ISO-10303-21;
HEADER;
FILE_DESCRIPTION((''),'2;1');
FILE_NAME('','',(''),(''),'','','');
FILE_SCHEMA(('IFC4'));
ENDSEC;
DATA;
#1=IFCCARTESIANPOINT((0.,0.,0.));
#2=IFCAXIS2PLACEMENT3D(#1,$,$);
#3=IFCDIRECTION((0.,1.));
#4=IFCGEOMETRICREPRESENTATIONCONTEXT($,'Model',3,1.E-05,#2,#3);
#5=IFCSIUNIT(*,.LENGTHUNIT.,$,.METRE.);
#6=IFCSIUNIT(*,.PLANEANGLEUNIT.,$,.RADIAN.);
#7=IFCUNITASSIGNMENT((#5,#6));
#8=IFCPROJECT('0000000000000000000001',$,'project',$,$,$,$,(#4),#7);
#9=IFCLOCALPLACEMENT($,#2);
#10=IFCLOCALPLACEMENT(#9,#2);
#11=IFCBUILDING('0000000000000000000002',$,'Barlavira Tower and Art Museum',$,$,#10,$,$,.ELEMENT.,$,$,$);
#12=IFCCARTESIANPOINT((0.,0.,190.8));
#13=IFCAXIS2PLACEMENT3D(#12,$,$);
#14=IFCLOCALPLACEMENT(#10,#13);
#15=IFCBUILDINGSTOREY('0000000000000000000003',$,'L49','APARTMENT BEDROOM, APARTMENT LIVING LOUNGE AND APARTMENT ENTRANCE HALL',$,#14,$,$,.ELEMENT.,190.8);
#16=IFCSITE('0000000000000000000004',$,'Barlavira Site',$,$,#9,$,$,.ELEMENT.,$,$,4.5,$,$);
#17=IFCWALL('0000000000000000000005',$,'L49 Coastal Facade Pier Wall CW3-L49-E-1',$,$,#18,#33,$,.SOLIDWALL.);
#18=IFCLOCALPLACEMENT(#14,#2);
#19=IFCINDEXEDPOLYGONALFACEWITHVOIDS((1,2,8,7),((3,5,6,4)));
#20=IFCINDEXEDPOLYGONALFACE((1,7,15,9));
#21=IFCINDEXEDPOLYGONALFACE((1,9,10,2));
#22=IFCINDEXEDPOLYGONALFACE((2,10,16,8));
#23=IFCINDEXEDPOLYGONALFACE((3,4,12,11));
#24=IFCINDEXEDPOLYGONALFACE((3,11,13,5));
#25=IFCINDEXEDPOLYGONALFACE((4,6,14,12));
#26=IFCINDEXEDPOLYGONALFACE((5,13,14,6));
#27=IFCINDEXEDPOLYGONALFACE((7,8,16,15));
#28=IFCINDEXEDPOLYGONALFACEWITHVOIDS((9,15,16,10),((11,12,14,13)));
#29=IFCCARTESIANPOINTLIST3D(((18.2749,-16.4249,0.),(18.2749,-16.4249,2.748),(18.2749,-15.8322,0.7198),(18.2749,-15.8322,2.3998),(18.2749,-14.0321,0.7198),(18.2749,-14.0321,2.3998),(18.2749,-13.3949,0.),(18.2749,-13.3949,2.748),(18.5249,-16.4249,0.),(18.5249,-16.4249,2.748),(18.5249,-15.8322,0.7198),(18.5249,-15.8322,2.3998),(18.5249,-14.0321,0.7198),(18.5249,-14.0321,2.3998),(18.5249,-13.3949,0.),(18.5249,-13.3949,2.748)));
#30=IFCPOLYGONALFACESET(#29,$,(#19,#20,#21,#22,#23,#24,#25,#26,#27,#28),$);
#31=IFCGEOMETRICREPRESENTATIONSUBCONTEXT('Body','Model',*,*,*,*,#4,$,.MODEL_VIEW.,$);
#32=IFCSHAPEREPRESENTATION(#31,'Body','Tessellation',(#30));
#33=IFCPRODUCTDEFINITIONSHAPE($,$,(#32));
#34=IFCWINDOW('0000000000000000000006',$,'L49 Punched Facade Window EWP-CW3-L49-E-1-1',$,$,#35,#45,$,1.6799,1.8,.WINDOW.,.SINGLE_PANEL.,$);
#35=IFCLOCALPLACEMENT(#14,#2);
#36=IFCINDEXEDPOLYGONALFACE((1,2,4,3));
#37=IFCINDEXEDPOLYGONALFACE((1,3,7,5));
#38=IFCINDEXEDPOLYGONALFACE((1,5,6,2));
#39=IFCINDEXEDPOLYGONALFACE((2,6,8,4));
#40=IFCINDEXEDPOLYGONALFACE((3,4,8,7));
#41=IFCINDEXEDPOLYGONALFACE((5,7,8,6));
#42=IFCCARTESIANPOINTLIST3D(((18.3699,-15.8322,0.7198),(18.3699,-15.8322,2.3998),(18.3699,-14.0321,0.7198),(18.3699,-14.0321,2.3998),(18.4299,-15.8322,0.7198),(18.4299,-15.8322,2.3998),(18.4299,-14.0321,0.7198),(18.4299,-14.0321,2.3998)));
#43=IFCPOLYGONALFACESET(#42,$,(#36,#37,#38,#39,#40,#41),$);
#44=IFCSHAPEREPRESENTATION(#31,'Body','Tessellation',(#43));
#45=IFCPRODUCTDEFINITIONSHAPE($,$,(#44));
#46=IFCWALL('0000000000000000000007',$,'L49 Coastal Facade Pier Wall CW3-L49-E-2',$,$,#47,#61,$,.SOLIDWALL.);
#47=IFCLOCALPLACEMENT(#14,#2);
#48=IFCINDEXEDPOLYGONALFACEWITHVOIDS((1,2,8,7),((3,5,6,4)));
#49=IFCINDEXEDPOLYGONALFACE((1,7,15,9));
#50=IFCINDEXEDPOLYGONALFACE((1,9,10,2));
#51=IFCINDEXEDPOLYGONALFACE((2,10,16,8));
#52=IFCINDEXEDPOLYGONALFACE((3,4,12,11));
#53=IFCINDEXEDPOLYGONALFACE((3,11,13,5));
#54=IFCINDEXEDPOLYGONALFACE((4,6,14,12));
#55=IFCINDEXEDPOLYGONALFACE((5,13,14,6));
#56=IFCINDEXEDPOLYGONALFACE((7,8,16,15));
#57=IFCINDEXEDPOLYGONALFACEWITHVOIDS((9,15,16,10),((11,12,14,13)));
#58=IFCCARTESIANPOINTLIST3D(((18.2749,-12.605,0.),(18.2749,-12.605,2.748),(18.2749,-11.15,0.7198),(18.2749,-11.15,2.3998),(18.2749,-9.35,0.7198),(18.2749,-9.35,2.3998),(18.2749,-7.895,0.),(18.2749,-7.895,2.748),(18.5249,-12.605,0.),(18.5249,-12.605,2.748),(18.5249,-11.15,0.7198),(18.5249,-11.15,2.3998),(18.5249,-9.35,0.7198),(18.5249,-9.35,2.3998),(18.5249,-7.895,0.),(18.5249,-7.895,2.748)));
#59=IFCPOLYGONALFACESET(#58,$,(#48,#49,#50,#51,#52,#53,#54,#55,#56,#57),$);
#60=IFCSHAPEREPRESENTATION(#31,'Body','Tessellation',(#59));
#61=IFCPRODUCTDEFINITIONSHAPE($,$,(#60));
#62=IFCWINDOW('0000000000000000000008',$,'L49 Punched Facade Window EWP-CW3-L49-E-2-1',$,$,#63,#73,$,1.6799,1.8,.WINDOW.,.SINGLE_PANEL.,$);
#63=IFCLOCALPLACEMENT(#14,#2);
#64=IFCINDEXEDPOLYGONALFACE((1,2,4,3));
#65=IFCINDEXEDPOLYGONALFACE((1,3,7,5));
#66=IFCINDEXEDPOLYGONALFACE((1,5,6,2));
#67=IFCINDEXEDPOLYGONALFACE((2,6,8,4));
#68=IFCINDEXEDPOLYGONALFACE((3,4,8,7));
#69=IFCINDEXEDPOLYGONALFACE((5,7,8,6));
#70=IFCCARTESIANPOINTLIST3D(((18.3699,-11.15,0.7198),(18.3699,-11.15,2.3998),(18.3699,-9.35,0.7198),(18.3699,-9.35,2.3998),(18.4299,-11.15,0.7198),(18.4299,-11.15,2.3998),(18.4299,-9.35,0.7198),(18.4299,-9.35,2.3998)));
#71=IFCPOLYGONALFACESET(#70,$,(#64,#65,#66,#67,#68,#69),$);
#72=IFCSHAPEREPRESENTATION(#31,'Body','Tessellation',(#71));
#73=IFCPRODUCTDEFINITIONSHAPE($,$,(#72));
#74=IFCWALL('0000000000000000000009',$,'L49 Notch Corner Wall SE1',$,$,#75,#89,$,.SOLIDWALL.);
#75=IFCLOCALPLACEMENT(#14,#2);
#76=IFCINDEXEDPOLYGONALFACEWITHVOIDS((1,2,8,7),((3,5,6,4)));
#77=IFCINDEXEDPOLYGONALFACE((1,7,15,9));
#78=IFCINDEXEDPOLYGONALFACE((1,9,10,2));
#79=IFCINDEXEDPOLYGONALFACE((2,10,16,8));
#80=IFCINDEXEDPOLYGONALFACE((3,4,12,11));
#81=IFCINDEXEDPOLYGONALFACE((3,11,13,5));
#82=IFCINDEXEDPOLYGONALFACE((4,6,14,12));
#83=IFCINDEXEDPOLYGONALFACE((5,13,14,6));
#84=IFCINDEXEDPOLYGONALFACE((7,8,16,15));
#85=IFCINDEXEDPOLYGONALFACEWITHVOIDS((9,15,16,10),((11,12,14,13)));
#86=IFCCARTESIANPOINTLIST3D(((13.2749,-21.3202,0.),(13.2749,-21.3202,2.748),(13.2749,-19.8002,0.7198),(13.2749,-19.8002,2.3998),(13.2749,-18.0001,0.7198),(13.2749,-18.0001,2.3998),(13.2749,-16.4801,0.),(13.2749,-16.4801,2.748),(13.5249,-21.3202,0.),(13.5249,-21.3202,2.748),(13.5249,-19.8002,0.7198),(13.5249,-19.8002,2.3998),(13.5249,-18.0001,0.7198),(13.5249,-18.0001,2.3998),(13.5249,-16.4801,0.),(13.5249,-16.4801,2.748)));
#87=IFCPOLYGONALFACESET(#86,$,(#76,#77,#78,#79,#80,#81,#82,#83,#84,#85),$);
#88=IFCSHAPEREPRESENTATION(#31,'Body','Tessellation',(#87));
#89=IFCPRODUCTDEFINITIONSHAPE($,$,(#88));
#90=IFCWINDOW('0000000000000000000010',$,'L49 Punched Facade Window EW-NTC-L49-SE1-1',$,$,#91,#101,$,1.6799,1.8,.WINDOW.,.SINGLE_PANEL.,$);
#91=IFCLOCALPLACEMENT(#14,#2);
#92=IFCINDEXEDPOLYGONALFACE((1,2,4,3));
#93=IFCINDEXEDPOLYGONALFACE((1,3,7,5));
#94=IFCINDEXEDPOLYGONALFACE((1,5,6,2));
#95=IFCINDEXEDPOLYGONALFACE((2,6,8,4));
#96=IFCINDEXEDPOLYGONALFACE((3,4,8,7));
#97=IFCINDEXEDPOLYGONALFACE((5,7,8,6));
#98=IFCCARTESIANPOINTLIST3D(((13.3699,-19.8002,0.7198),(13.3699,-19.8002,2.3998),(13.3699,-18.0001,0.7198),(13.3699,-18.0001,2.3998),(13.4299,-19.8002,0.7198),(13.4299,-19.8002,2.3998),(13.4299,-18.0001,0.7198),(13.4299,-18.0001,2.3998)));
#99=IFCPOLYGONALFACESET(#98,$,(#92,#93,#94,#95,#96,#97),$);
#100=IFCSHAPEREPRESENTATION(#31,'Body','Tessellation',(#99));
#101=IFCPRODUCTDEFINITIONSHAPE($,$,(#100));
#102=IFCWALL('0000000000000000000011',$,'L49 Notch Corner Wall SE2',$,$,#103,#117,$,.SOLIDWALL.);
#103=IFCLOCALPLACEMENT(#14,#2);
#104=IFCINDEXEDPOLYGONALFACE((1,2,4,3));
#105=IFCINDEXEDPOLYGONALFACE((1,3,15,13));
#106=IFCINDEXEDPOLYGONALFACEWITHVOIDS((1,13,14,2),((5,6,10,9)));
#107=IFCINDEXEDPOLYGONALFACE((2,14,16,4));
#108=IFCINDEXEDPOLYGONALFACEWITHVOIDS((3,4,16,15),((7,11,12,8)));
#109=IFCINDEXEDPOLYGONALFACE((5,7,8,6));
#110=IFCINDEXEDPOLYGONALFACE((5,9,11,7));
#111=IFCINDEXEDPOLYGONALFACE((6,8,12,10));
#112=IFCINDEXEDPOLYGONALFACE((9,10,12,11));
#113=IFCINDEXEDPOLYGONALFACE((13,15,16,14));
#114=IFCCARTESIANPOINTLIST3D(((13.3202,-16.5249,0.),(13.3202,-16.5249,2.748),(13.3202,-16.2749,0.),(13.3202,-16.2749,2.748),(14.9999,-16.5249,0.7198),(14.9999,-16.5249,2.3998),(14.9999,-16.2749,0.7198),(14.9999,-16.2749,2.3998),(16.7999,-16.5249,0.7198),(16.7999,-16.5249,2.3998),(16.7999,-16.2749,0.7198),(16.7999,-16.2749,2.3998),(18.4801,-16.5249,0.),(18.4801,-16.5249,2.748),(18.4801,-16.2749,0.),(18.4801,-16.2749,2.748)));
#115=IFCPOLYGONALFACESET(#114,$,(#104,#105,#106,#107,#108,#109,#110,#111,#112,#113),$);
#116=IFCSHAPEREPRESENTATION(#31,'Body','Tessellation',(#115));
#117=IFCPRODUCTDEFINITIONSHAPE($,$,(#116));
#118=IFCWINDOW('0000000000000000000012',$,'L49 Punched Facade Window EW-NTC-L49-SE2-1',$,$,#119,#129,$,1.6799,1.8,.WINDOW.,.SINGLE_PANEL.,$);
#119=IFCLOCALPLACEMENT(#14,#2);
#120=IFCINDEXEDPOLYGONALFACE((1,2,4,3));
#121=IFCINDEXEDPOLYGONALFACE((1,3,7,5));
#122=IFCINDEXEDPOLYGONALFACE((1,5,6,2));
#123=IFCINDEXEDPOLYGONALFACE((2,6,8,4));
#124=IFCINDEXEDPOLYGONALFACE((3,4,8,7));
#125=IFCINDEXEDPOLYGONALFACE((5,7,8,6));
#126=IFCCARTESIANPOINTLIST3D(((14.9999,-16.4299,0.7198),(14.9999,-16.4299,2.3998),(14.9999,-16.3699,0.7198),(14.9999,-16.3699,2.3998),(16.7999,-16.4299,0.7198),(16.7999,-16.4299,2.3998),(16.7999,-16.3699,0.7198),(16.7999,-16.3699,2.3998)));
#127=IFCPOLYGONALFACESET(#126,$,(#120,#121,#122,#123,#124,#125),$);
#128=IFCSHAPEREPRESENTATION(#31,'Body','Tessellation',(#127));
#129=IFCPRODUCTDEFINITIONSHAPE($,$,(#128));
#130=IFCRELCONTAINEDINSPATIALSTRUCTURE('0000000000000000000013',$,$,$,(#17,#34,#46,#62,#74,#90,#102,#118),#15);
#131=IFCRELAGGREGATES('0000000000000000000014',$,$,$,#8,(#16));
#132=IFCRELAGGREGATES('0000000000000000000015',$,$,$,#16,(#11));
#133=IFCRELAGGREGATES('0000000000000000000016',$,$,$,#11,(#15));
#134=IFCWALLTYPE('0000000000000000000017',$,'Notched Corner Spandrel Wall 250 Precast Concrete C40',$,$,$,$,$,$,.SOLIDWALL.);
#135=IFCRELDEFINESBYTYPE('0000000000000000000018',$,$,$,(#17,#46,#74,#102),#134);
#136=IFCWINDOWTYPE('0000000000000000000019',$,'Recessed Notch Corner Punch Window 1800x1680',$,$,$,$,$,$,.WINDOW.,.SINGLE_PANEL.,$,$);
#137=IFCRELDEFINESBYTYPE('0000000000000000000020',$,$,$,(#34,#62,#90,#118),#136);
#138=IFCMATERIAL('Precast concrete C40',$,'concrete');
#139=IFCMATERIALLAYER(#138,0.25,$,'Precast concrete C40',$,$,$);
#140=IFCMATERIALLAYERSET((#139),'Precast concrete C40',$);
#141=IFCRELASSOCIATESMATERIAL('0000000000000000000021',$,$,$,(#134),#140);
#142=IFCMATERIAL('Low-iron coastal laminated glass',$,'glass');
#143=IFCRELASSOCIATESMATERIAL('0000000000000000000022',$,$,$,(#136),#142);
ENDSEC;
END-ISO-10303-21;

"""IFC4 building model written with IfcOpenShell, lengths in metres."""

from ifc_helpers import new_model, si_unit, direction, frame, frame_2d, origin, place, context, subcontext, project, spatial, rectangle, extrude, material, layer, layer_set, type_object, element, fill, save


model = new_model("IFC4")

# Units and contexts
model_context = context("Model", 3, precision=1e-05, world=origin(), true_north=direction((0.0, 1.0)))
body_context = subcontext(model_context, "Body", "Model", "MODEL_VIEW")
ifc_project = project(units=[si_unit("LENGTHUNIT", "METRE"), si_unit("PLANEANGLEUNIT", "RADIAN")], contexts=[model_context])

# Site, building, storey
site_placement = place(None, origin())
site = spatial("IfcSite", under=ifc_project, at=site_placement, Name="Barlavira Site", CompositionType="ELEMENT", RefElevation=4.5)
building_placement = place(site_placement, origin())
building = spatial("IfcBuilding", under=site, at=building_placement, Name="Barlavira Tower and Art Museum", CompositionType="ELEMENT")
storey_placement = place(building_placement, frame((0.0, 0.0, 190.8)))
storey = spatial("IfcBuildingStorey", under=building, at=storey_placement, Name="L49", Description="APARTMENT BEDROOM, APARTMENT LIVING LOUNGE AND APARTMENT ENTRANCE HALL", CompositionType="ELEMENT", Elevation=190.8)

# Walls, openings, windows
ifc_material_1 = material(Name="Precast concrete C40", Category="concrete")
ifc_layer_1 = layer(ifc_material_1, 0.25, Name="Precast concrete C40")
ifc_layer_set_1 = layer_set([ifc_layer_1], Name="Precast concrete C40")
wall_type_1 = type_object("IfcWallType", Name="Notched Corner Spandrel Wall 250 Precast Concrete C40", PredefinedType="SOLIDWALL", material=ifc_layer_set_1)
ifc_material_2 = material(Name="Low-iron coastal laminated glass", Category="glass")
wall_1_placement = place(storey_placement, frame((18.3999, -16.425, 0.0), z_axis=(0.0, 0.0, 1.0), x_axis=(0.0, 1.0, 0.0)))
wall_1 = element("IfcWall", 1, at=wall_1_placement, inside=storey, type_object=wall_type_1, Name="L49 Coastal Facade Pier Wall CW3-L49-E-1", PredefinedType="SOLIDWALL", context=body_context, shape_type="SweptSolid", body=[
    extrude(rectangle(XDim=3.03, YDim=0.25, at=frame_2d((1.5151, 0.0))), origin(), (0.0, 0.0, 1.0), 2.748),
])
opening_1_placement = place(wall_1_placement, frame((0.593, 0.0, 0.72)))
opening_1 = element("IfcOpeningElement", 2, at=opening_1_placement, cuts=wall_1, PredefinedType="OPENING", context=body_context, shape_type="SweptSolid", body=[
    extrude(rectangle(XDim=1.8, YDim=1.6799, at=frame_2d((0.8999, 0.8398))), frame((0.0, 0.135, 0.0), z_axis=(0.0, -1.0, 0.0), x_axis=(1.0, 0.0, 0.0)), (0.0, 0.0, 1.0), 0.27),
])
window_type_1 = type_object("IfcWindowType", Name="Recessed Notch Corner Punch Window 1800x1680", PartitioningType="SINGLE_PANEL", PredefinedType="WINDOW", material=ifc_material_2)
window_1_placement = place(opening_1_placement, origin())
window_1 = element("IfcWindow", 3, at=window_1_placement, inside=storey, type_object=window_type_1, Name="L49 Punched Facade Window EWP-CW3-L49-E-1-1", OverallHeight=1.6799, OverallWidth=1.8, PartitioningType="SINGLE_PANEL", PredefinedType="WINDOW", context=body_context, shape_type="SweptSolid", body=[
    extrude(rectangle(XDim=1.8, YDim=1.6799, at=frame_2d((0.8999, 0.8398))), frame((0.0, 0.03, 0.0), z_axis=(0.0, -1.0, 0.0), x_axis=(1.0, 0.0, 0.0)), (0.0, 0.0, 1.0), 0.0601),
])
fill(opening_1, window_1)
wall_2_placement = place(storey_placement, frame((18.3999, -12.605, 0.0), z_axis=(0.0, 0.0, 1.0), x_axis=(0.0, 1.0, 0.0)))
wall_2 = element("IfcWall", 4, at=wall_2_placement, inside=storey, type_object=wall_type_1, Name="L49 Coastal Facade Pier Wall CW3-L49-E-2", PredefinedType="SOLIDWALL", context=body_context, shape_type="SweptSolid", body=[
    extrude(rectangle(XDim=4.71, YDim=0.25, at=frame_2d((2.355, 0.0))), origin(), (0.0, 0.0, 1.0), 2.748),
])
opening_2_placement = place(wall_2_placement, frame((1.4551, 0.0, 0.72)))
opening_2 = element("IfcOpeningElement", 5, at=opening_2_placement, cuts=wall_2, PredefinedType="OPENING", context=body_context, shape_type="SweptSolid", body=[
    extrude(rectangle(XDim=1.8, YDim=1.6799, at=frame_2d((0.8999, 0.8398))), frame((0.0, 0.135, 0.0), z_axis=(0.0, -1.0, 0.0), x_axis=(1.0, 0.0, 0.0)), (0.0, 0.0, 1.0), 0.27),
])
window_2_placement = place(opening_2_placement, origin())
window_2 = element("IfcWindow", 6, at=window_2_placement, inside=storey, type_object=window_type_1, Name="L49 Punched Facade Window EWP-CW3-L49-E-2-1", OverallHeight=1.6799, OverallWidth=1.8, PartitioningType="SINGLE_PANEL", PredefinedType="WINDOW", context=body_context, shape_type="SweptSolid", body=[
    extrude(rectangle(XDim=1.8, YDim=1.6799, at=frame_2d((0.8999, 0.8398))), frame((0.0, 0.03, 0.0), z_axis=(0.0, -1.0, 0.0), x_axis=(1.0, 0.0, 0.0)), (0.0, 0.0, 1.0), 0.0601),
])
fill(opening_2, window_2)
wall_3_placement = place(storey_placement, frame((13.3999, -21.3201, 0.0), z_axis=(0.0, 0.0, 1.0), x_axis=(0.0, 1.0, 0.0)))
wall_3 = element("IfcWall", 7, at=wall_3_placement, inside=storey, type_object=wall_type_1, Name="L49 Notch Corner Wall SE1", PredefinedType="SOLIDWALL", context=body_context, shape_type="SweptSolid", body=[
    extrude(rectangle(XDim=4.8401, YDim=0.25, at=frame_2d((2.4199, 0.0))), origin(), (0.0, 0.0, 1.0), 2.748),
])
opening_3_placement = place(wall_3_placement, frame((1.52, 0.0, 0.72)))
opening_3 = element("IfcOpeningElement", 8, at=opening_3_placement, cuts=wall_3, PredefinedType="OPENING", context=body_context, shape_type="SweptSolid", body=[
    extrude(rectangle(XDim=1.8, YDim=1.6799, at=frame_2d((0.8999, 0.8398))), frame((0.0, 0.135, 0.0), z_axis=(0.0, -1.0, 0.0), x_axis=(1.0, 0.0, 0.0)), (0.0, 0.0, 1.0), 0.27),
])
window_3_placement = place(opening_3_placement, origin())
window_3 = element("IfcWindow", 9, at=window_3_placement, inside=storey, type_object=window_type_1, Name="L49 Punched Facade Window EW-NTC-L49-SE1-1", OverallHeight=1.6799, OverallWidth=1.8, PartitioningType="SINGLE_PANEL", PredefinedType="WINDOW", context=body_context, shape_type="SweptSolid", body=[
    extrude(rectangle(XDim=1.8, YDim=1.6799, at=frame_2d((0.8999, 0.8398))), frame((0.0, 0.03, 0.0), z_axis=(0.0, -1.0, 0.0), x_axis=(1.0, 0.0, 0.0)), (0.0, 0.0, 1.0), 0.0601),
])
fill(opening_3, window_3)
wall_4_placement = place(storey_placement, frame((13.3201, -16.3999, 0.0), z_axis=(0.0, 0.0, 1.0), x_axis=(1.0, 0.0, 0.0)))
wall_4 = element("IfcWall", 10, at=wall_4_placement, inside=storey, type_object=wall_type_1, Name="L49 Notch Corner Wall SE2", PredefinedType="SOLIDWALL", context=body_context, shape_type="SweptSolid", body=[
    extrude(rectangle(XDim=5.1599, YDim=0.25, at=frame_2d((2.5801, 0.0))), origin(), (0.0, 0.0, 1.0), 2.748),
])
opening_4_placement = place(wall_4_placement, frame((1.6799, 0.0, 0.72)))
opening_4 = element("IfcOpeningElement", 11, at=opening_4_placement, cuts=wall_4, PredefinedType="OPENING", context=body_context, shape_type="SweptSolid", body=[
    extrude(rectangle(XDim=1.8, YDim=1.6799, at=frame_2d((0.8999, 0.8398))), frame((0.0, 0.135, 0.0), z_axis=(0.0, -1.0, 0.0), x_axis=(1.0, 0.0, 0.0)), (0.0, 0.0, 1.0), 0.27),
])
window_4_placement = place(opening_4_placement, origin())
window_4 = element("IfcWindow", 12, at=window_4_placement, inside=storey, type_object=window_type_1, Name="L49 Punched Facade Window EW-NTC-L49-SE2-1", OverallHeight=1.6799, OverallWidth=1.8, PartitioningType="SINGLE_PANEL", PredefinedType="WINDOW", context=body_context, shape_type="SweptSolid", body=[
    extrude(rectangle(XDim=1.8, YDim=1.6799, at=frame_2d((0.8999, 0.8398))), frame((0.0, 0.03, 0.0), z_axis=(0.0, -1.0, 0.0), x_axis=(1.0, 0.0, 0.0)), (0.0, 0.0, 1.0), 0.0601),
])
fill(opening_4, window_4)

save(model, "model.ifc")
